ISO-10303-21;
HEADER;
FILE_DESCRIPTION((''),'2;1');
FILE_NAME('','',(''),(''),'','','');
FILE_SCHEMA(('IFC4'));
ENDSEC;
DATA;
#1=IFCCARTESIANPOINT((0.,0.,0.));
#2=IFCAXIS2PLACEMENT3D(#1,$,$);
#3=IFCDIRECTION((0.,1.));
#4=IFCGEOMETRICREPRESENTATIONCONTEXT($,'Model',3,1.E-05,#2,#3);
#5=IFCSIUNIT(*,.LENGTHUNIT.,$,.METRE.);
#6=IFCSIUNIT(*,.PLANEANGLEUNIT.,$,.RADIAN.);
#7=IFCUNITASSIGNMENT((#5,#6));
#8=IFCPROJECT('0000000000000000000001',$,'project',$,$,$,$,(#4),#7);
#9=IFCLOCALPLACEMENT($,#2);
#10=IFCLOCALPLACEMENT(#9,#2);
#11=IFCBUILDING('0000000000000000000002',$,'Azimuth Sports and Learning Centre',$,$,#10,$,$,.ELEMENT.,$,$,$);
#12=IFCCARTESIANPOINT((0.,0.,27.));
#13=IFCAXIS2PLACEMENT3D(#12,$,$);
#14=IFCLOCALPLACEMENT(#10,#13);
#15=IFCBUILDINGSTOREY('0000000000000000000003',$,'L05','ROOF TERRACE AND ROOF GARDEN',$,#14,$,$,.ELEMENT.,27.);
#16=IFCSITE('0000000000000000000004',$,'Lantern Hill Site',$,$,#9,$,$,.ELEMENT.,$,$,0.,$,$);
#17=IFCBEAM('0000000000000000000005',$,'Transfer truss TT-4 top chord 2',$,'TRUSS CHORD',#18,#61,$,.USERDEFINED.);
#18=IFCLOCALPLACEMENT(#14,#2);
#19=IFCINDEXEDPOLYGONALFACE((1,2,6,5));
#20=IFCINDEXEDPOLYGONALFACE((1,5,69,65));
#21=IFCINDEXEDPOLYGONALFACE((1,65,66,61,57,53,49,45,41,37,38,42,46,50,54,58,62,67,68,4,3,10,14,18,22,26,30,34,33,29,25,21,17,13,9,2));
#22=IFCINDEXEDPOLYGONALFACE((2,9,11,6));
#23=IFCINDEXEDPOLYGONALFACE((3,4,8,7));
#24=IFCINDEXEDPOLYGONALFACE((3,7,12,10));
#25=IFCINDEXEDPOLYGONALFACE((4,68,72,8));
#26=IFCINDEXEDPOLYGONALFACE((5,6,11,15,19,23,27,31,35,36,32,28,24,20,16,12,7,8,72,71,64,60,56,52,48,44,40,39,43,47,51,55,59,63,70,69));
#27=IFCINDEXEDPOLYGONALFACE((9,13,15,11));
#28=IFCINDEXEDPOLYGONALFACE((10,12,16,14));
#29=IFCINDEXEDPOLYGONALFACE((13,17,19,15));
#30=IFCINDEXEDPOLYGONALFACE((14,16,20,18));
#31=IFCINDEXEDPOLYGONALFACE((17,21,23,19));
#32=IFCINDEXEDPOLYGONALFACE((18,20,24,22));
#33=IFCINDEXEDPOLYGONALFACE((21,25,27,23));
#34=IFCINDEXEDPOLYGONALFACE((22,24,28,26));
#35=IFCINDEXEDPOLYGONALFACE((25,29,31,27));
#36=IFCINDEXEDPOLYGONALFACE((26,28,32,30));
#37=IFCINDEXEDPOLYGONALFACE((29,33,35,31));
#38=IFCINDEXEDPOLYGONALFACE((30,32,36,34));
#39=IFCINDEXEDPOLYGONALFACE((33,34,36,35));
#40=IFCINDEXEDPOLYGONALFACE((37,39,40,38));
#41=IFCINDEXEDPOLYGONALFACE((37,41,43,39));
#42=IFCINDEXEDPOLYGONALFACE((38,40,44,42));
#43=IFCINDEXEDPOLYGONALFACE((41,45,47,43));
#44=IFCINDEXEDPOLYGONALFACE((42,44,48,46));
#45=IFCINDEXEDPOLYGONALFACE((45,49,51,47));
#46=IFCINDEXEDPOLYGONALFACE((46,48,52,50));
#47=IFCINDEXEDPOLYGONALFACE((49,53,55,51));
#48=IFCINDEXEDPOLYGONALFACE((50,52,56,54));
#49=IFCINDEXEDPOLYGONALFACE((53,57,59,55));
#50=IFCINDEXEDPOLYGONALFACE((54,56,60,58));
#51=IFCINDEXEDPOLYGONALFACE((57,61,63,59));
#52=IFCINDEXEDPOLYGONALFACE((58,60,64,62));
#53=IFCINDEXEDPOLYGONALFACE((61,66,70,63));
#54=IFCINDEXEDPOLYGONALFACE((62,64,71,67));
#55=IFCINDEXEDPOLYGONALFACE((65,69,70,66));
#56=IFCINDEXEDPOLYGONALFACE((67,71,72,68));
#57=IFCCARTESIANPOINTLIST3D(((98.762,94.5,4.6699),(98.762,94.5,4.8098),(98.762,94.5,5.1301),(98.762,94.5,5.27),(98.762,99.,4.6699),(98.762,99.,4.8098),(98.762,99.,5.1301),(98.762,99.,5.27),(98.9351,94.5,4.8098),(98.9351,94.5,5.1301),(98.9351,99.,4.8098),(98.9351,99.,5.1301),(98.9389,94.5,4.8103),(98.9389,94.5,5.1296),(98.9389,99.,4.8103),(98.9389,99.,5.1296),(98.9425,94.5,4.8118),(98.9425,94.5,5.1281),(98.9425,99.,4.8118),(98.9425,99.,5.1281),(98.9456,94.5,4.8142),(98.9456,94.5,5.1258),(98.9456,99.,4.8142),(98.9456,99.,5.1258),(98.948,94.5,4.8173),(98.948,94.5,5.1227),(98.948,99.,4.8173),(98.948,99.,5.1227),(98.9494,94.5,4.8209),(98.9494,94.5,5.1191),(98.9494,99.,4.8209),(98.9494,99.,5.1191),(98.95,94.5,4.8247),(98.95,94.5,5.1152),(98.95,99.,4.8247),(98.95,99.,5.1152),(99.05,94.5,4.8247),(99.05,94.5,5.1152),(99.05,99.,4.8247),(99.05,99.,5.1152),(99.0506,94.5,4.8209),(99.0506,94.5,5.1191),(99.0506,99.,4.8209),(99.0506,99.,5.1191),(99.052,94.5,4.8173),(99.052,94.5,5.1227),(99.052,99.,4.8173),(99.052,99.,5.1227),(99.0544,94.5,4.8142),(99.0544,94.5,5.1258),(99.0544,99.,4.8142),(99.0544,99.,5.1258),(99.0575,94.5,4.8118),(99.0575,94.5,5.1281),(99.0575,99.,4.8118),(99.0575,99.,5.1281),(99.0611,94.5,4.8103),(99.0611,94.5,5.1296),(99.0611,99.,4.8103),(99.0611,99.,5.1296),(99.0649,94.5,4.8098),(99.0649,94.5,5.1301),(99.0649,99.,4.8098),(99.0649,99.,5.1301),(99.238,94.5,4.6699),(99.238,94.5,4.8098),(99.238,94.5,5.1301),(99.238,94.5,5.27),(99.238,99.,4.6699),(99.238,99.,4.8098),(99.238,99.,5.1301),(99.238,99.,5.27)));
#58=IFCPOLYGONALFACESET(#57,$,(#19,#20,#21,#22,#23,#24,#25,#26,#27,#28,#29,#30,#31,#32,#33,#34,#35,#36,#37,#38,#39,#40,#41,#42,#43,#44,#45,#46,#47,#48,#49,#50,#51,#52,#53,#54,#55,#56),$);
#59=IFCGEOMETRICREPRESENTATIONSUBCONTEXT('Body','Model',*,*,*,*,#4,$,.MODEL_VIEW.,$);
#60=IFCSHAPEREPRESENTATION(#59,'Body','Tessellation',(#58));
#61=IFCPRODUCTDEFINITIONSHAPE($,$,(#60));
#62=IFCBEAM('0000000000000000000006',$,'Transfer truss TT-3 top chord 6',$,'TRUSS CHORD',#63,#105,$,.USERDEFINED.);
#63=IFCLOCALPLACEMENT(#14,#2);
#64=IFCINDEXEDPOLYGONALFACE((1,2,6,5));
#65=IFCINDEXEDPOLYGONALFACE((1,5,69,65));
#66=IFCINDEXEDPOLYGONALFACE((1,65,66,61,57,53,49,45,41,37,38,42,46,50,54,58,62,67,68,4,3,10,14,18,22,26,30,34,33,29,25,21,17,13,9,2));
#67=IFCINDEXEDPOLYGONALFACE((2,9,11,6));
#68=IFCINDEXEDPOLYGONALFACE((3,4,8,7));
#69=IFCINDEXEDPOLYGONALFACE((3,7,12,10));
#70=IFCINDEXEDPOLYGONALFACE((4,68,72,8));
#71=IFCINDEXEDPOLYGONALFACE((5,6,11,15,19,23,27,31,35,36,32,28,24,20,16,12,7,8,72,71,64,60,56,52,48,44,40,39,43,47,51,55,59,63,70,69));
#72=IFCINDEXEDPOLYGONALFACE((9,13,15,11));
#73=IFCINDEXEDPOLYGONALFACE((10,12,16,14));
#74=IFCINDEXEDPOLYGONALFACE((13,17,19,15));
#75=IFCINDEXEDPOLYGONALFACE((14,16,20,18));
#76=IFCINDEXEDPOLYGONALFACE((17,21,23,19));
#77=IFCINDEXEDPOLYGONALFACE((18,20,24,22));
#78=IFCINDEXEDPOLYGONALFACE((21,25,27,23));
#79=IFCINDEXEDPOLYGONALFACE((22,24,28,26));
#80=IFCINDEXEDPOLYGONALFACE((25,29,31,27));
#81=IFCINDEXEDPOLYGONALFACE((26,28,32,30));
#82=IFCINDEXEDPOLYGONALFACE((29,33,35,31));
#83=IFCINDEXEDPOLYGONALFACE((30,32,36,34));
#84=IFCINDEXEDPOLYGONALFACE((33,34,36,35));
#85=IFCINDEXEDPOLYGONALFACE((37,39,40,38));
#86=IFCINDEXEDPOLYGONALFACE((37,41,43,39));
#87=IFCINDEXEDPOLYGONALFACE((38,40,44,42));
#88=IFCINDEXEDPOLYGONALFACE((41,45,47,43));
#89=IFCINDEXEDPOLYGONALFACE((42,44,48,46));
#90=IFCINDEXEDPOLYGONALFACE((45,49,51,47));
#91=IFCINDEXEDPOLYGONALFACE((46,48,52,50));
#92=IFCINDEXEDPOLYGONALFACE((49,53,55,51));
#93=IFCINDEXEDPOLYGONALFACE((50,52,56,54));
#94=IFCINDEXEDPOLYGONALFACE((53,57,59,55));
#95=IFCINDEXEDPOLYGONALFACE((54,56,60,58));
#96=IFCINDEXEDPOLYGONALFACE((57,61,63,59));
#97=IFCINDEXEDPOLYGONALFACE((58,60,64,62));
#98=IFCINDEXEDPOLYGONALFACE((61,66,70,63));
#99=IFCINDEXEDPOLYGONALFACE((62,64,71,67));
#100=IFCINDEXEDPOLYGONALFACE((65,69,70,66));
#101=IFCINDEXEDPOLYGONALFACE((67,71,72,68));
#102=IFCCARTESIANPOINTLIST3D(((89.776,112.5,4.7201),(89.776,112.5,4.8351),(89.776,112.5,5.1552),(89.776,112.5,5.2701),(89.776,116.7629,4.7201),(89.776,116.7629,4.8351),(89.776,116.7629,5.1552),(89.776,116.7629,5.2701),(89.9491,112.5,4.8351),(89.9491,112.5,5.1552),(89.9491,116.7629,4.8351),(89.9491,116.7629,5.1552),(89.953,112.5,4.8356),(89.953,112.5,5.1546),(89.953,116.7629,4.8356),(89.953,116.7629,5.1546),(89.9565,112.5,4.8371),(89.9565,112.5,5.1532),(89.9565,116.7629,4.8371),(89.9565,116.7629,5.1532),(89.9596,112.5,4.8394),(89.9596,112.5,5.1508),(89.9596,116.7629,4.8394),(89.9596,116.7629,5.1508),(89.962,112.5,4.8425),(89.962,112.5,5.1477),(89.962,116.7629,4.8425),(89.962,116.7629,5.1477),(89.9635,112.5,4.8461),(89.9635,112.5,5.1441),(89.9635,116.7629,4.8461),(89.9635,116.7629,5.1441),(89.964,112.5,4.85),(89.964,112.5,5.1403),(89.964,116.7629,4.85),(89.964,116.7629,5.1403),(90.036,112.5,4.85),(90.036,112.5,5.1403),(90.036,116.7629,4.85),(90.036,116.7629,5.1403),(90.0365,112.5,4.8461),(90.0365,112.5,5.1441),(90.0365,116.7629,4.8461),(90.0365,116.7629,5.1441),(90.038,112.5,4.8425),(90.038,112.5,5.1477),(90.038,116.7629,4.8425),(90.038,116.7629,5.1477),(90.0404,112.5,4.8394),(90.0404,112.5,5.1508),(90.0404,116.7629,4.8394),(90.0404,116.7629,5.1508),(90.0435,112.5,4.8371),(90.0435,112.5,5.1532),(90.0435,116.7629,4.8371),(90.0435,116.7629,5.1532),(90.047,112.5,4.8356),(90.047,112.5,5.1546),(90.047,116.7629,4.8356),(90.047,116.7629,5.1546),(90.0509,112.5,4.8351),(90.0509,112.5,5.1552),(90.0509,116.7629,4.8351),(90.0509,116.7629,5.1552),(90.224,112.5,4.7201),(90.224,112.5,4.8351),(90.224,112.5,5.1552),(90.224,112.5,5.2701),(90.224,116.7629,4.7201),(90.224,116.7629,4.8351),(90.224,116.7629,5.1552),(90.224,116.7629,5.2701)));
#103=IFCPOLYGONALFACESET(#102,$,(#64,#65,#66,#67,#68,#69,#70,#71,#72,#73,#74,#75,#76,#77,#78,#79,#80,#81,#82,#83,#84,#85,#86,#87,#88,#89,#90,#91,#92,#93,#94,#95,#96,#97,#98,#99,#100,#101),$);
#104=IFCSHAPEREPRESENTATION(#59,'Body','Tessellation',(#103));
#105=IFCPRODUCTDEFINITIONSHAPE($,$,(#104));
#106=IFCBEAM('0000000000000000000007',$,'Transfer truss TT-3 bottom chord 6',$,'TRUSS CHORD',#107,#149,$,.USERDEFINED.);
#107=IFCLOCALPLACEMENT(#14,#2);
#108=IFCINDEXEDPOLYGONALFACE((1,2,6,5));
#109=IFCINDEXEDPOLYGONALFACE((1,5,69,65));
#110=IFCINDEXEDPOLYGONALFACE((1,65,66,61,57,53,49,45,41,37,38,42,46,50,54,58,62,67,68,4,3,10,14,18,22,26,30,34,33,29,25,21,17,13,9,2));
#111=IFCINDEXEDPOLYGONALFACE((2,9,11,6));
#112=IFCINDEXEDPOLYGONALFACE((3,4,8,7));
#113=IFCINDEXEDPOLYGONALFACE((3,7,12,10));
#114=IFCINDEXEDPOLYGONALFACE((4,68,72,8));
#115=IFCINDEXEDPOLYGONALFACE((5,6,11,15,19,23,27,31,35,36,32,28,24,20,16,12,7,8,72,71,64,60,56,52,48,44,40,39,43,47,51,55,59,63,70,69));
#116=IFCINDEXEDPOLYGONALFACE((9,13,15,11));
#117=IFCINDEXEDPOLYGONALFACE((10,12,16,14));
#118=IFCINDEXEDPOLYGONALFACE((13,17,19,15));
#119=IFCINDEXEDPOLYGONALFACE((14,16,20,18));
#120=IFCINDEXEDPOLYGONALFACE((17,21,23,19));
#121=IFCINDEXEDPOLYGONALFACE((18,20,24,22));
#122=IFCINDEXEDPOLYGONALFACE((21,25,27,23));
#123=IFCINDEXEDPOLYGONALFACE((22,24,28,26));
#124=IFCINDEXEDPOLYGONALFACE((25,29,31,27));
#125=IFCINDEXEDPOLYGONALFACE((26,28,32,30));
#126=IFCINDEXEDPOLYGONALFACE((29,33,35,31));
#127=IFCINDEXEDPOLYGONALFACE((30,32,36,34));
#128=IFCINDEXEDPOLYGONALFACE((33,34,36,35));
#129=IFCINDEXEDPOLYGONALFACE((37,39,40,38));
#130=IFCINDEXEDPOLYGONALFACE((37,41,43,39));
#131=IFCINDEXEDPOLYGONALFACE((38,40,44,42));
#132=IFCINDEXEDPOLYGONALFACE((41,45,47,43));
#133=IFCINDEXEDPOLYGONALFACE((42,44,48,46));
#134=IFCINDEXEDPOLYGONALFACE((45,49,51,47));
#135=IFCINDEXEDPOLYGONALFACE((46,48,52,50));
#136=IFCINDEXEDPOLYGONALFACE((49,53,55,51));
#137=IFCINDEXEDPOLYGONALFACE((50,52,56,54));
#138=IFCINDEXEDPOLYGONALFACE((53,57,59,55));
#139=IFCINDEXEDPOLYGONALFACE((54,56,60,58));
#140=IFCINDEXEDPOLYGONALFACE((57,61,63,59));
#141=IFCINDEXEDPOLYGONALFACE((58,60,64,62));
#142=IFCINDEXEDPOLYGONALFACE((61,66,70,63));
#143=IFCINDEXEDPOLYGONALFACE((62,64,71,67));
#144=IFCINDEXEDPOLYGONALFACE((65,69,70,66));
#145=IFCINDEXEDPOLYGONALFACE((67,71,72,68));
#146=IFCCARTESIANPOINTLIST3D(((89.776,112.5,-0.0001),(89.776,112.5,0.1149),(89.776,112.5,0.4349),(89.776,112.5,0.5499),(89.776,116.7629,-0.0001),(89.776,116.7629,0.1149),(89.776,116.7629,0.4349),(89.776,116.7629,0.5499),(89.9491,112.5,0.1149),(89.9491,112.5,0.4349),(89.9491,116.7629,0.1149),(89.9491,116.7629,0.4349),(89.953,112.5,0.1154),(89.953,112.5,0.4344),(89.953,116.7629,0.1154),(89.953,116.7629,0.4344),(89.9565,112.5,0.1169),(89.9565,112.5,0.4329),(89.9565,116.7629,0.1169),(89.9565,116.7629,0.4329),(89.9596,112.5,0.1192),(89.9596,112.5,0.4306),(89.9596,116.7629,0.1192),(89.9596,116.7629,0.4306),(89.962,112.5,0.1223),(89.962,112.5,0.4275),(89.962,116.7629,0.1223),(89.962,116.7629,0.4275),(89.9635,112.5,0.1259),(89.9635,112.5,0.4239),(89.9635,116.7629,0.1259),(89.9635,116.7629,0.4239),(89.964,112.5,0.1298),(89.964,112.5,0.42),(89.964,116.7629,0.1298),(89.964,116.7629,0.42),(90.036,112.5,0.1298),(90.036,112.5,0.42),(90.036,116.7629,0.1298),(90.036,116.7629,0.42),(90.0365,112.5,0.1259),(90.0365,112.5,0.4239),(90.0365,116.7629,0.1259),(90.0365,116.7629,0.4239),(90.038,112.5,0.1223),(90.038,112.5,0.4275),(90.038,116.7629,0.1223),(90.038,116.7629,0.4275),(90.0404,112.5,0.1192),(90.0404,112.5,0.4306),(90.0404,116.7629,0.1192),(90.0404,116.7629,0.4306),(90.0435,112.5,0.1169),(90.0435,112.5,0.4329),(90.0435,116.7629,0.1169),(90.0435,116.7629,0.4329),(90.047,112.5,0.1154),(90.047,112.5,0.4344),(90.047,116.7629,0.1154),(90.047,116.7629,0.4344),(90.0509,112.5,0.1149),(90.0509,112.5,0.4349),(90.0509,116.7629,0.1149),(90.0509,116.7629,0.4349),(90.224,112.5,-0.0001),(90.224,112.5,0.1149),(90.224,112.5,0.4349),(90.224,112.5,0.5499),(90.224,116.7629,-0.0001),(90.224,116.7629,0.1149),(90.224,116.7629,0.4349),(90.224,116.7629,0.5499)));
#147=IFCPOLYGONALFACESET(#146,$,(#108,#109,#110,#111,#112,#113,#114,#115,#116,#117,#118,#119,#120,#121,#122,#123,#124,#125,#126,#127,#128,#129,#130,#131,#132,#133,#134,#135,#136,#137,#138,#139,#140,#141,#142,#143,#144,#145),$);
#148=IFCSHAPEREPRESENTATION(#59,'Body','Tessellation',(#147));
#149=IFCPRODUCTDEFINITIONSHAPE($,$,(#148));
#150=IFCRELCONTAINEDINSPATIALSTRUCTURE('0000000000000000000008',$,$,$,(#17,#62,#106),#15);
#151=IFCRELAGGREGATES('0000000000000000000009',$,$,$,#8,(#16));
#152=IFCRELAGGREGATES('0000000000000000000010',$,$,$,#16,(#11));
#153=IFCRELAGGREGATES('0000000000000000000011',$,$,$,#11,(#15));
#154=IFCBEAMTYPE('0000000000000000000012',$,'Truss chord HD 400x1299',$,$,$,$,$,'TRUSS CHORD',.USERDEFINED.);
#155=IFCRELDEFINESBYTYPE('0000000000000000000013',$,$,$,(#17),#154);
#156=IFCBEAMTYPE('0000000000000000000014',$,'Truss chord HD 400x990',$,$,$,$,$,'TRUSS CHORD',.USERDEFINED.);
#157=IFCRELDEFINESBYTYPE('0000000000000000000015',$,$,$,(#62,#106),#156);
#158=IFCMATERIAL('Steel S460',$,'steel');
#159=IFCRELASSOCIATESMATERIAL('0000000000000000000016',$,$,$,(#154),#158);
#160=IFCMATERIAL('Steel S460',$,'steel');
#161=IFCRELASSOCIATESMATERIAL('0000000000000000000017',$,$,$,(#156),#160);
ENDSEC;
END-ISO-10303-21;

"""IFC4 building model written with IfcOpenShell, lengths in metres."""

from ifc_helpers import new_model, si_unit, direction, frame, origin, origin_2d, place, context, subcontext, project, spatial, i_section, extrude, material, material_profile, profile_set, type_object, element, save


model = new_model("IFC4")

# Units and contexts
model_context = context("Model", 3, precision=1e-05, world=origin(), true_north=direction((0.0, 1.0)))
body_context = subcontext(model_context, "Body", "Model", "MODEL_VIEW")
ifc_project = project(units=[si_unit("LENGTHUNIT", "METRE"), si_unit("PLANEANGLEUNIT", "RADIAN")], contexts=[model_context])

# Site, building, storey
site_placement = place(None, origin())
site = spatial("IfcSite", under=ifc_project, at=site_placement, Name="Lantern Hill Site", CompositionType="ELEMENT", RefElevation=0.0)
building_placement = place(site_placement, origin())
building = spatial("IfcBuilding", under=site, at=building_placement, Name="Azimuth Sports and Learning Centre", CompositionType="ELEMENT")
storey_placement = place(building_placement, frame((0.0, 0.0, 27.0)))
storey = spatial("IfcBuildingStorey", under=building, at=storey_placement, Name="L05", Description="ROOF TERRACE AND ROOF GARDEN", CompositionType="ELEMENT", Elevation=27.0)

# Beams
ifc_material_1 = material(Name="Steel S460", Category="steel")
ifc_material_profile_1 = material_profile(ifc_material_1, i_section(OverallWidth=0.4761, OverallDepth=0.6001, WebThickness=0.1001, FlangeThickness=0.1399, FilletRadius=0.0149, at=origin_2d()), Name="HD 400x1299")
ifc_profile_set_1 = profile_set([ifc_material_profile_1], Name="Steel S460")
beam_type_1 = type_object("IfcBeamType", Name="Truss chord HD 400x1299", ElementType="TRUSS CHORD", PredefinedType="USERDEFINED", material=ifc_profile_set_1)
for number, where, z_axis, x_axis, name in (
    (1, (99.0, 94.5, 4.97), (0.0, 1.0, 0.0), (-1.0, 0.0, 0.0), "Transfer truss TT-4 top chord 2"),
):
    element("IfcBeam", number, at=place(storey_placement, frame(where, z_axis=z_axis, x_axis=x_axis)), inside=storey, type_object=beam_type_1, Name=name, ObjectType="TRUSS CHORD", PredefinedType="USERDEFINED", context=body_context, shape_type="SweptSolid", body=[
        extrude(i_section(OverallWidth=0.4761, OverallDepth=0.6001, WebThickness=0.1001, FlangeThickness=0.1399, FilletRadius=0.0149, at=origin_2d()), origin(), (0.0, 0.0, 1.0), 4.5),
    ])
ifc_material_2 = material(Name="Steel S460", Category="steel")
ifc_material_profile_2 = material_profile(ifc_material_2, i_section(OverallWidth=0.448, OverallDepth=0.55, WebThickness=0.072, FlangeThickness=0.115, FilletRadius=0.0149, at=origin_2d()), Name="HD 400x990")
ifc_profile_set_2 = profile_set([ifc_material_profile_2], Name="Steel S460")
beam_type_2 = type_object("IfcBeamType", Name="Truss chord HD 400x990", ElementType="TRUSS CHORD", PredefinedType="USERDEFINED", material=ifc_profile_set_2)
for number, where, z_axis, x_axis, name in (
    (2, (90.0, 112.5, 4.9951), (0.0, 1.0, 0.0), (-1.0, 0.0, 0.0), "Transfer truss TT-3 top chord 6"),
    (3, (90.0, 112.5, 0.2749), (0.0, 1.0, 0.0), (-1.0, 0.0, 0.0), "Transfer truss TT-3 bottom chord 6"),
):
    element("IfcBeam", number, at=place(storey_placement, frame(where, z_axis=z_axis, x_axis=x_axis)), inside=storey, type_object=beam_type_2, Name=name, ObjectType="TRUSS CHORD", PredefinedType="USERDEFINED", context=body_context, shape_type="SweptSolid", body=[
        extrude(i_section(OverallWidth=0.448, OverallDepth=0.55, WebThickness=0.072, FlangeThickness=0.115, FilletRadius=0.0149, at=origin_2d()), origin(), (0.0, 0.0, 1.0), 4.2629),
    ])

save(model, "model.ifc")
